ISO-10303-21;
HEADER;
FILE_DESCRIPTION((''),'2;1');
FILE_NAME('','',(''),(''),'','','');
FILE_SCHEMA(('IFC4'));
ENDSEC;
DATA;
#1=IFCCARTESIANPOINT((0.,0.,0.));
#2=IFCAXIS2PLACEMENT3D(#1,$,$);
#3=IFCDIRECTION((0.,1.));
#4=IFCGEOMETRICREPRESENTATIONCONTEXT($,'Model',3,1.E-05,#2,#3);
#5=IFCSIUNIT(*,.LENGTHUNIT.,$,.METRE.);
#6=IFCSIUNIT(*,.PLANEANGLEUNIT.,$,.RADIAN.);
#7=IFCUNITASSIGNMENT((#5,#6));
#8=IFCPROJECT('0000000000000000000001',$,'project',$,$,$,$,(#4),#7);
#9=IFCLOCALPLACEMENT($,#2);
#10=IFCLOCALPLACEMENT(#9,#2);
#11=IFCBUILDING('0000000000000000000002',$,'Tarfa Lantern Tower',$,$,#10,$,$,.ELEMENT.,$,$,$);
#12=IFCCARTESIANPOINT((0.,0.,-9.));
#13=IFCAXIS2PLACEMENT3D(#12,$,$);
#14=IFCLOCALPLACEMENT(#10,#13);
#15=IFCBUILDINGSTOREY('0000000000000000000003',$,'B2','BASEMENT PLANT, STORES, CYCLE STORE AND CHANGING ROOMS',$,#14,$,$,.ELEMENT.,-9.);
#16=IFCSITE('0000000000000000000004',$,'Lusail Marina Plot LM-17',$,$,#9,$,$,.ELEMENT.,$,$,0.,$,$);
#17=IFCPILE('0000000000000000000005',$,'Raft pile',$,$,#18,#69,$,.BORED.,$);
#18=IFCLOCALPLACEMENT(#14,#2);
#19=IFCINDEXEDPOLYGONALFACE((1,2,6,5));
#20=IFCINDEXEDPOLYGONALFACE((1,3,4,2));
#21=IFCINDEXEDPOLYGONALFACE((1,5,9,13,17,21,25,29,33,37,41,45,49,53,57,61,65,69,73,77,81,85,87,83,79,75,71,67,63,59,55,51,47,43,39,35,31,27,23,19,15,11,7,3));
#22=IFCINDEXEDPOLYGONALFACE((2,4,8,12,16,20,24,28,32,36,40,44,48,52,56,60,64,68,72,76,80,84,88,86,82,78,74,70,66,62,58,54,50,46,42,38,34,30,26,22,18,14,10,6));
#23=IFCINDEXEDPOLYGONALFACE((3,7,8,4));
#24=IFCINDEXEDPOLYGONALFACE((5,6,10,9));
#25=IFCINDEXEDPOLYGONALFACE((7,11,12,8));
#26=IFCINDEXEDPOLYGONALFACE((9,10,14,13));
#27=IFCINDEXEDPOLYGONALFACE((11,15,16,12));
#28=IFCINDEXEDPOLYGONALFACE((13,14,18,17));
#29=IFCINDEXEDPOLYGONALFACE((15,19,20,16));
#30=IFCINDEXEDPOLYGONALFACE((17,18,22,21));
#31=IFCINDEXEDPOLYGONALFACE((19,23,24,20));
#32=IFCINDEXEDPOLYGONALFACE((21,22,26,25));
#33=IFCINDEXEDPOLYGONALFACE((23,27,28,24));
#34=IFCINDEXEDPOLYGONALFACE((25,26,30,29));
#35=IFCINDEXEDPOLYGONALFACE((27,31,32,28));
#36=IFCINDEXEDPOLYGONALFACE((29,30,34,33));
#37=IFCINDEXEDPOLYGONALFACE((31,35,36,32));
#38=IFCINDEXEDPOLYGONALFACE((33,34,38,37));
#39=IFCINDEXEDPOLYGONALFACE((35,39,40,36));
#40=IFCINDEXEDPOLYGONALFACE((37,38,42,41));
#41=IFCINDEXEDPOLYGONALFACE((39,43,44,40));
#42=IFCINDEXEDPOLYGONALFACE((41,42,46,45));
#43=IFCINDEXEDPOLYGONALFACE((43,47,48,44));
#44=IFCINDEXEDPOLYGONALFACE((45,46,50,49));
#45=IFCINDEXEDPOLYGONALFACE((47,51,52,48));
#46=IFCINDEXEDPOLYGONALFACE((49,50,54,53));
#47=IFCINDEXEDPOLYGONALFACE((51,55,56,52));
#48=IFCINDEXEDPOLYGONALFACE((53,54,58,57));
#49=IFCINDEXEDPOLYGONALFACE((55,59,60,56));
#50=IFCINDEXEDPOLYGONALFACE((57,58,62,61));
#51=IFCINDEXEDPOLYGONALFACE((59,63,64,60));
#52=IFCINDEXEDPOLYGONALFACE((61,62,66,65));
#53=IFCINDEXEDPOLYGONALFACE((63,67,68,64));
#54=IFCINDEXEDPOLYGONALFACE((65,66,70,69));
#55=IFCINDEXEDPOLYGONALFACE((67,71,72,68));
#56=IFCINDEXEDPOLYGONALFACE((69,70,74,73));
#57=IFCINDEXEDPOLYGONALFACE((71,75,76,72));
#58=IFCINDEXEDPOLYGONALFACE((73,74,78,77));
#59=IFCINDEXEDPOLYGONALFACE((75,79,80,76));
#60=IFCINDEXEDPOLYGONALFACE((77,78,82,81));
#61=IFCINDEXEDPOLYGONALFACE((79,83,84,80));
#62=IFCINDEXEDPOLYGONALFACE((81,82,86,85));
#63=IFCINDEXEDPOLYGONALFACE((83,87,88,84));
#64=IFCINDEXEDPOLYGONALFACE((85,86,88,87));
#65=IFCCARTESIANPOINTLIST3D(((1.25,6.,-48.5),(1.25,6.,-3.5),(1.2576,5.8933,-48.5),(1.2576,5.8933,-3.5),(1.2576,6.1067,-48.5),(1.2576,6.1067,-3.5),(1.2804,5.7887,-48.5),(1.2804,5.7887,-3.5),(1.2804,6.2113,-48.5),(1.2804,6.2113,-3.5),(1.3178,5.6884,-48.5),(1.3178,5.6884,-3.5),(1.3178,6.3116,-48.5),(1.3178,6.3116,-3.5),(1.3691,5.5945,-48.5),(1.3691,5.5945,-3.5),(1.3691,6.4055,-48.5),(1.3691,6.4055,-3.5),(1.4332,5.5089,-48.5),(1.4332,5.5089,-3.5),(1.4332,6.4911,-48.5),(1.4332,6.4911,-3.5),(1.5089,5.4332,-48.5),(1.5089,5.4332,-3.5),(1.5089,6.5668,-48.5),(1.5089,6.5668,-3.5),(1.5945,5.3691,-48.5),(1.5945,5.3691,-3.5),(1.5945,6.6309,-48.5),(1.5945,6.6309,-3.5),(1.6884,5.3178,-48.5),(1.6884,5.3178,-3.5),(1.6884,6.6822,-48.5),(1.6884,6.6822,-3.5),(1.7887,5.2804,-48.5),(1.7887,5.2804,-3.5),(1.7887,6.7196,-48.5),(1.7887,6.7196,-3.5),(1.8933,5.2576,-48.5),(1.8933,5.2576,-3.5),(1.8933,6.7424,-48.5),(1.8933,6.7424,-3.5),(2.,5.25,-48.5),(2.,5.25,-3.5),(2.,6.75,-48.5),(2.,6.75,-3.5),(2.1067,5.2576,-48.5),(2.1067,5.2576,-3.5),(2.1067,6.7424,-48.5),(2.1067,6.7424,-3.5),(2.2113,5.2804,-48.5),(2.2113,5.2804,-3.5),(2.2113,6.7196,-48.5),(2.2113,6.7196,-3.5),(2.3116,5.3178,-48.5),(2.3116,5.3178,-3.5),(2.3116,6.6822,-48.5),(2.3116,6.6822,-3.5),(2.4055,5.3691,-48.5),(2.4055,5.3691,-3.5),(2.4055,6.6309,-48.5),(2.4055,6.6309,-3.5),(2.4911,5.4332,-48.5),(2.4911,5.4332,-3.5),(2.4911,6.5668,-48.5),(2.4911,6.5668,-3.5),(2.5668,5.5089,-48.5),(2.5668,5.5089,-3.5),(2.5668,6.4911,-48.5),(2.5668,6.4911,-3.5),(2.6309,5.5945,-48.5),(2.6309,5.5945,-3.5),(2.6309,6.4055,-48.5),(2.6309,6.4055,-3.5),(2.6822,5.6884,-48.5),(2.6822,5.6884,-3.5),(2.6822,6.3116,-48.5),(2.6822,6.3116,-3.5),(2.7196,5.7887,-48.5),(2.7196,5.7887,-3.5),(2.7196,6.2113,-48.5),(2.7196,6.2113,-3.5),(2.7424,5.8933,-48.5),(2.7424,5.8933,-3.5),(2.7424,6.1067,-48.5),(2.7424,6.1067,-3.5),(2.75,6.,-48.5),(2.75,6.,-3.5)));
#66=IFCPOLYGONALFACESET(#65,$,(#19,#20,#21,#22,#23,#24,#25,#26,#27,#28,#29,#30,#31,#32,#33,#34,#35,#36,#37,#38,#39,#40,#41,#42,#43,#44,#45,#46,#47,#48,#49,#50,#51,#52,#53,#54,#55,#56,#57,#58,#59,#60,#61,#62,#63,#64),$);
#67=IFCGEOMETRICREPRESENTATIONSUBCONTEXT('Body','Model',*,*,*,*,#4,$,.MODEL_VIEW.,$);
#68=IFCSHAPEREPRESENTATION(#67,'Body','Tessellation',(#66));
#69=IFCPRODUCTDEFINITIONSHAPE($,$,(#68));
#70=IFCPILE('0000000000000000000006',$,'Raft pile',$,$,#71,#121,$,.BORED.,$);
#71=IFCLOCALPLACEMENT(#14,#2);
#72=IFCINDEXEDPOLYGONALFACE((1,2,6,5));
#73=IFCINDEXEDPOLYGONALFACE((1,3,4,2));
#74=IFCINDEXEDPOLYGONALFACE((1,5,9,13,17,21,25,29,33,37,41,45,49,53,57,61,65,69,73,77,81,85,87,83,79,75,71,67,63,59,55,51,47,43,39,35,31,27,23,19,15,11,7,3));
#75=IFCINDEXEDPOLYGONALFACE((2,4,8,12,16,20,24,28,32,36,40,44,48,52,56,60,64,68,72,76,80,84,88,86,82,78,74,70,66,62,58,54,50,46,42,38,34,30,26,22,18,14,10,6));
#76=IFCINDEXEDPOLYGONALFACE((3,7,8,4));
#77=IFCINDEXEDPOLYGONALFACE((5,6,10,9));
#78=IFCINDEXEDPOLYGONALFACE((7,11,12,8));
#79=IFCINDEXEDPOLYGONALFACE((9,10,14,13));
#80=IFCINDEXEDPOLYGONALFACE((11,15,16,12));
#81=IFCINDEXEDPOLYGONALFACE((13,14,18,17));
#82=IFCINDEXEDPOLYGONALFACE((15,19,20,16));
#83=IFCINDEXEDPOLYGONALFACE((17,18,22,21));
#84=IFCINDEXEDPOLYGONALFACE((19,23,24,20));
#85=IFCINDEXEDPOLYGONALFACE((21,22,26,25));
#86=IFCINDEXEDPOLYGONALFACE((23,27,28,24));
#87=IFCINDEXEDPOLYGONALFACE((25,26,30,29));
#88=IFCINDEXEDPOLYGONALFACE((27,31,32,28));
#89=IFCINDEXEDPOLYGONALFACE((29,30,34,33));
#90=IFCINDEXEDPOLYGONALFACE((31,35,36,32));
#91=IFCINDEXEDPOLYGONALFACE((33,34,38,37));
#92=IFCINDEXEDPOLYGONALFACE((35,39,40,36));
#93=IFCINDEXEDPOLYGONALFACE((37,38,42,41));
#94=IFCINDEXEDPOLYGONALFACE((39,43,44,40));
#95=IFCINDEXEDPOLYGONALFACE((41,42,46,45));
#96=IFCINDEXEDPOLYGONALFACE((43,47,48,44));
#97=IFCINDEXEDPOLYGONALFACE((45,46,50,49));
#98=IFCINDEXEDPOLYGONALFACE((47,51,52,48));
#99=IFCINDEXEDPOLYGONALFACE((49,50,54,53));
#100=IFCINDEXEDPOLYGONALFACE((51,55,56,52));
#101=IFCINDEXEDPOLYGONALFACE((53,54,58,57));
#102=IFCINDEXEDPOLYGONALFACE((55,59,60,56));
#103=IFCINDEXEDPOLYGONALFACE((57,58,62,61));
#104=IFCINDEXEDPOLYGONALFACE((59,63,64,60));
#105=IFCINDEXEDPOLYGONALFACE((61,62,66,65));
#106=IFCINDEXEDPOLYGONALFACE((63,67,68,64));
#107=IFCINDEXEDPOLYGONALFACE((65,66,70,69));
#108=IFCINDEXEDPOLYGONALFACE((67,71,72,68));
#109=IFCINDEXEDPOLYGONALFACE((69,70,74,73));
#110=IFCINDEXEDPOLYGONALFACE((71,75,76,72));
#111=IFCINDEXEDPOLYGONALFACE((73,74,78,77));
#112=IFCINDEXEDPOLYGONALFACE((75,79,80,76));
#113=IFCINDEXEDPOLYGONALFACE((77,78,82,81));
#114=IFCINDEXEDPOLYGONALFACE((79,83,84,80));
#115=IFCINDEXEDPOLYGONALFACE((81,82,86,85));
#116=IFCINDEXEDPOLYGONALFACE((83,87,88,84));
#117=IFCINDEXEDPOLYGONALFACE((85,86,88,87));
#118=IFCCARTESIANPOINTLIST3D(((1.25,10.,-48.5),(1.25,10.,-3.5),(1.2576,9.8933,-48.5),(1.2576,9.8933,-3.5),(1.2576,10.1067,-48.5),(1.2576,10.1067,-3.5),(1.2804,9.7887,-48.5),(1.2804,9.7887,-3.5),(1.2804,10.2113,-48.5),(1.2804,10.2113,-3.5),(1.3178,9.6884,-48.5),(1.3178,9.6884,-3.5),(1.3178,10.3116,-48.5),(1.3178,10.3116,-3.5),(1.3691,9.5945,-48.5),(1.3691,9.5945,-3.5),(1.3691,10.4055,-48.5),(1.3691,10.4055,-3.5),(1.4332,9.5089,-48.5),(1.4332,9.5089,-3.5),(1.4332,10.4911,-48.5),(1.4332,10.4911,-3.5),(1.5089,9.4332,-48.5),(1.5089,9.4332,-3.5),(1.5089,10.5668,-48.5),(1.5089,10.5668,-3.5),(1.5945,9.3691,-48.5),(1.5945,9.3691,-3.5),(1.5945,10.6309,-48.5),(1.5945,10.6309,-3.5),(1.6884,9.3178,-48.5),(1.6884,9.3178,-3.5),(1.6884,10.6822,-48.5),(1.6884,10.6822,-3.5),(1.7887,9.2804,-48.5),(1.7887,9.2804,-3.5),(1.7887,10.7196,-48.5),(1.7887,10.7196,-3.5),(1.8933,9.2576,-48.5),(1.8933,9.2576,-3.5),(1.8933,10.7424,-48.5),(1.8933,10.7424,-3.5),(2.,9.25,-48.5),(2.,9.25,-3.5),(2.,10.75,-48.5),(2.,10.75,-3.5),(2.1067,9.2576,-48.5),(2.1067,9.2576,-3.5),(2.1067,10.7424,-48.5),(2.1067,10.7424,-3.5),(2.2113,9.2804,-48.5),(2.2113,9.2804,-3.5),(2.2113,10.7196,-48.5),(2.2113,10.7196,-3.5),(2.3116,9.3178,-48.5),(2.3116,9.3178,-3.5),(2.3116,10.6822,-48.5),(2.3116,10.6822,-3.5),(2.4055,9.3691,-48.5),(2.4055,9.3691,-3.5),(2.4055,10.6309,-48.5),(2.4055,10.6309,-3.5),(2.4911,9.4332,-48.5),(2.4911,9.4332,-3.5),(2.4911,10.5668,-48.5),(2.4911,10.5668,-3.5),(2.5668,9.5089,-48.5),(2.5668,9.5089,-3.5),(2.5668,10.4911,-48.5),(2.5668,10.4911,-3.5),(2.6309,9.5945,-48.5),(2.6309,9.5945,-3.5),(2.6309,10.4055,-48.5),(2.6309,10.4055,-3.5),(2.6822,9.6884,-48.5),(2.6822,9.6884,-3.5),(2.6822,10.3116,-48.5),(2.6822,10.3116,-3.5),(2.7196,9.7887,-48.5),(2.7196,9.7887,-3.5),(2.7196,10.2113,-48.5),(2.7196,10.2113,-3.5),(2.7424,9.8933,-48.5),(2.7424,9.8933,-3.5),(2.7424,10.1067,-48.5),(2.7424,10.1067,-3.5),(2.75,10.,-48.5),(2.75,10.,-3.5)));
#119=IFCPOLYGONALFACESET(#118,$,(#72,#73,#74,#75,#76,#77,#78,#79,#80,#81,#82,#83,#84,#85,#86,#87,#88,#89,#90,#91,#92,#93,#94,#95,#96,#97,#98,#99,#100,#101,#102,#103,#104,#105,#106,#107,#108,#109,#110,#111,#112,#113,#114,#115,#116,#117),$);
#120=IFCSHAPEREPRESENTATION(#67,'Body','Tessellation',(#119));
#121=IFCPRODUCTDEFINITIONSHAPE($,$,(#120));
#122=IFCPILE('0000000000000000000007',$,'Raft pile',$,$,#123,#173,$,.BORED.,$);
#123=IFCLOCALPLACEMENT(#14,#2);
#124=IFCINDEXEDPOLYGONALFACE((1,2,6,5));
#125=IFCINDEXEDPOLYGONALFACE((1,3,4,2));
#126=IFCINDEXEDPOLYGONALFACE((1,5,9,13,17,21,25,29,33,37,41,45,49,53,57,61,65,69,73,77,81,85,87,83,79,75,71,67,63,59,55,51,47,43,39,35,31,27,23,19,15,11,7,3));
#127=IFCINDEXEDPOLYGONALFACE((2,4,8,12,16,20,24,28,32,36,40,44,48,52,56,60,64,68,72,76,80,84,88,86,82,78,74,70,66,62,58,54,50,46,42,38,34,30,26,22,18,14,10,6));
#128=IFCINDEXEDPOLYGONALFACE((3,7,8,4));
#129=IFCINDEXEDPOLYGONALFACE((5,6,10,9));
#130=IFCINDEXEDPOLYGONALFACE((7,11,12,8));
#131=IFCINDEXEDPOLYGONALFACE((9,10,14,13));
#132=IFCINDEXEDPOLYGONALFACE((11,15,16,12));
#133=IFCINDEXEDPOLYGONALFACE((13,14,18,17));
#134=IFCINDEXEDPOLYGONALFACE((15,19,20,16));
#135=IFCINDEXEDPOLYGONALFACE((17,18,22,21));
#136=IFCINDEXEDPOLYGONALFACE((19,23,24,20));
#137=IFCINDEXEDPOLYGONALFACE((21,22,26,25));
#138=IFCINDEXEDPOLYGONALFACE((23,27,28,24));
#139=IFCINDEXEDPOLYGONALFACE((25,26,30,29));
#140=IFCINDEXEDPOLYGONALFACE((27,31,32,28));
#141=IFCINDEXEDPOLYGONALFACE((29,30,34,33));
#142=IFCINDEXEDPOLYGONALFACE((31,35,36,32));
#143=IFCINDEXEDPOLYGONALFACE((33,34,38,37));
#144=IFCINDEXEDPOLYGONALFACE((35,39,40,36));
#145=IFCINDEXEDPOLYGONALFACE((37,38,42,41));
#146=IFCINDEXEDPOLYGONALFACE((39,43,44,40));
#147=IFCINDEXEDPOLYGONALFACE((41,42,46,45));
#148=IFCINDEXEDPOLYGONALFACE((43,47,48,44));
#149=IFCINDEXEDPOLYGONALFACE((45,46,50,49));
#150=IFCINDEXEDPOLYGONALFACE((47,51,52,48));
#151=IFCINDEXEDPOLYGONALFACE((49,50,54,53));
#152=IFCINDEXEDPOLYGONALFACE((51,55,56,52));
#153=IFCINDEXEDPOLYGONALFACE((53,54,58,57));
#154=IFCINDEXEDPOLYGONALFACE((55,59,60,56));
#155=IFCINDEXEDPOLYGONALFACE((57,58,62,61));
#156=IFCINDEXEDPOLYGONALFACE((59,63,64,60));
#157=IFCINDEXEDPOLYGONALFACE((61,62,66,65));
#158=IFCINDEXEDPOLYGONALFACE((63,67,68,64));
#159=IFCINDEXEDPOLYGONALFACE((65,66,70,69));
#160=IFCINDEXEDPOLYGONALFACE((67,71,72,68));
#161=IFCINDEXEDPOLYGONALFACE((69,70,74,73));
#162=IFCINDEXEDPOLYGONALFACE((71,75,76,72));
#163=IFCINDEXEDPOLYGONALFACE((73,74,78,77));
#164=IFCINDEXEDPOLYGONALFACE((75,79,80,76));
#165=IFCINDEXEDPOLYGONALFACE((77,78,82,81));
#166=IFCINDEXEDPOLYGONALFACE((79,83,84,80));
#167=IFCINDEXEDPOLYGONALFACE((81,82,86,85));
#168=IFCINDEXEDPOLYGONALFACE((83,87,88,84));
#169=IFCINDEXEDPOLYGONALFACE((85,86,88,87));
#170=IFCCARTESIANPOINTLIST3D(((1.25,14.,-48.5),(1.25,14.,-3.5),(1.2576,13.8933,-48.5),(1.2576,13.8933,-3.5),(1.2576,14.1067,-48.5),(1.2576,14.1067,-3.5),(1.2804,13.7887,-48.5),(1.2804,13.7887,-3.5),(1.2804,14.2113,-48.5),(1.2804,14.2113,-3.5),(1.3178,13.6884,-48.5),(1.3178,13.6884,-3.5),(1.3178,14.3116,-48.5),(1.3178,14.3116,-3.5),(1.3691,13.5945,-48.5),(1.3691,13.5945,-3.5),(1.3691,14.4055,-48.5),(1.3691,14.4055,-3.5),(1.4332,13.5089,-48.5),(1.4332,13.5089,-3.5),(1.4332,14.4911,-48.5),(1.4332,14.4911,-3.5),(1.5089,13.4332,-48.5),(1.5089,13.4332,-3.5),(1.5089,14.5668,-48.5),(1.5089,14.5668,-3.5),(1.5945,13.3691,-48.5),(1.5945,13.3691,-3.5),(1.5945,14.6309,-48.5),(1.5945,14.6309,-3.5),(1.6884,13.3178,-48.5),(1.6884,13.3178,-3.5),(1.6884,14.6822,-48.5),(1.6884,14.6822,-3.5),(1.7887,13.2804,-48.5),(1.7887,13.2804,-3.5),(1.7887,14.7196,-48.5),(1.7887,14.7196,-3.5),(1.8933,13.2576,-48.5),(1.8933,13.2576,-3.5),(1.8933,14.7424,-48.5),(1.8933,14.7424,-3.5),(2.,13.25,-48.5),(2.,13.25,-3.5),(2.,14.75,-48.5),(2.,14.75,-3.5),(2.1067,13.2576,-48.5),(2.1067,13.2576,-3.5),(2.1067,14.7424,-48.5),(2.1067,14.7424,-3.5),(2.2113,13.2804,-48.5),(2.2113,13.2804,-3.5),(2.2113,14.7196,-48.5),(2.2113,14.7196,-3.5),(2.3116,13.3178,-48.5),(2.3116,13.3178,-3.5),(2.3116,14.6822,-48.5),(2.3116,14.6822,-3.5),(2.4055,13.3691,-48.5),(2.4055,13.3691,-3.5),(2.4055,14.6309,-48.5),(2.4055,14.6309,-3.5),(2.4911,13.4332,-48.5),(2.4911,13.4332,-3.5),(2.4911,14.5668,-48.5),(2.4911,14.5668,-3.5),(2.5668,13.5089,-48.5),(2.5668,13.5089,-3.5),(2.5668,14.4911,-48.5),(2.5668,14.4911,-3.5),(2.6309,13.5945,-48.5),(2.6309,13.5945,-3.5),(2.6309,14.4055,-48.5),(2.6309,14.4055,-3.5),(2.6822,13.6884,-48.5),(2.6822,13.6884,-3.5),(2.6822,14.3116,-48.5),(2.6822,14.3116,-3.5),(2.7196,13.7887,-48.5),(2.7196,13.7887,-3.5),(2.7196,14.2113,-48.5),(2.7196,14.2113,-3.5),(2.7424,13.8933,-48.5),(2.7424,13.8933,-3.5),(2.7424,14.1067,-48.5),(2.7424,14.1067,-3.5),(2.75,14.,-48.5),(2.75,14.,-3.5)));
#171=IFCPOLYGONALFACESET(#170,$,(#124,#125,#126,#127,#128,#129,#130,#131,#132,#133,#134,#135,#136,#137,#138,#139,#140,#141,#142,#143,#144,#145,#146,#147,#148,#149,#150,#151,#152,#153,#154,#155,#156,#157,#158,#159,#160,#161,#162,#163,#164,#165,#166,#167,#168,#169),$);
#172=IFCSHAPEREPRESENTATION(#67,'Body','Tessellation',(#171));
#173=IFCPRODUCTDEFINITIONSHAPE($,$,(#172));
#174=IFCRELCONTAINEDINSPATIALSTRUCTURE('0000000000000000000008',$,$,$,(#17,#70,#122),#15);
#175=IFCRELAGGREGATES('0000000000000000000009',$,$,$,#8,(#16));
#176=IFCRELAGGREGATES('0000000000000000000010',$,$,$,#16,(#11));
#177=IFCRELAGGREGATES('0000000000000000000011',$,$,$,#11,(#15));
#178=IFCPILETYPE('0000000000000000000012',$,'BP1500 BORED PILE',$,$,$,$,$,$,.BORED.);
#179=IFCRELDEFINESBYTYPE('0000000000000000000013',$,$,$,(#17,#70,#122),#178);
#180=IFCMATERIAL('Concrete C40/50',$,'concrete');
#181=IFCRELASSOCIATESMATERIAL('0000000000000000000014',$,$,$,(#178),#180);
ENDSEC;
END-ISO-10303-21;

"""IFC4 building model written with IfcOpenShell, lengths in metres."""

from ifc_helpers import new_model, si_unit, direction, frame, origin, origin_2d, place, context, subcontext, project, spatial, circle, extrude, material, material_profile, profile_set, type_object, element, save


model = new_model("IFC4")

# Units and contexts
model_context = context("Model", 3, precision=1e-05, world=origin(), true_north=direction((0.0, 1.0)))
body_context = subcontext(model_context, "Body", "Model", "MODEL_VIEW")
ifc_project = project(units=[si_unit("LENGTHUNIT", "METRE"), si_unit("PLANEANGLEUNIT", "RADIAN")], contexts=[model_context])

# Site, building, storey
site_placement = place(None, origin())
site = spatial("IfcSite", under=ifc_project, at=site_placement, Name="Lusail Marina Plot LM-17", CompositionType="ELEMENT", RefElevation=0.0)
building_placement = place(site_placement, origin())
building = spatial("IfcBuilding", under=site, at=building_placement, Name="Tarfa Lantern Tower", CompositionType="ELEMENT")
storey_placement = place(building_placement, frame((0.0, 0.0, -9.0)))
storey = spatial("IfcBuildingStorey", under=building, at=storey_placement, Name="B2", Description="BASEMENT PLANT, STORES, CYCLE STORE AND CHANGING ROOMS", CompositionType="ELEMENT", Elevation=-9.0)

# Piles
ifc_material_1 = material(Name="Concrete C40/50", Category="concrete")
ifc_material_profile = material_profile(ifc_material_1, circle(Radius=0.75, at=origin_2d()), Name="BORED PILE D1500")
ifc_profile_set = profile_set([ifc_material_profile], Name="Concrete C40/50")
pile_type = type_object("IfcPileType", Name="BP1500 BORED PILE", PredefinedType="BORED", material=ifc_profile_set)
for number, where, z_axis, x_axis, name in (
    (1, (2.0, 6.0, -3.5), (0.0, 0.0, -1.0), (1.0, 0.0, 0.0), "Raft pile"),
    (2, (2.0, 10.0, -3.5), (0.0, 0.0, -1.0), (1.0, 0.0, 0.0), "Raft pile"),
    (3, (2.0, 14.0, -3.5), (0.0, 0.0, -1.0), (1.0, 0.0, 0.0), "Raft pile"),
):
    element("IfcPile", number, at=place(storey_placement, frame(where, z_axis=z_axis, x_axis=x_axis)), inside=storey, type_object=pile_type, Name=name, PredefinedType="BORED", context=body_context, shape_type="SweptSolid", body=[
        extrude(circle(Radius=0.75, at=origin_2d()), origin(), (0.0, 0.0, 1.0), 45.0),
    ])

save(model, "model.ifc")
